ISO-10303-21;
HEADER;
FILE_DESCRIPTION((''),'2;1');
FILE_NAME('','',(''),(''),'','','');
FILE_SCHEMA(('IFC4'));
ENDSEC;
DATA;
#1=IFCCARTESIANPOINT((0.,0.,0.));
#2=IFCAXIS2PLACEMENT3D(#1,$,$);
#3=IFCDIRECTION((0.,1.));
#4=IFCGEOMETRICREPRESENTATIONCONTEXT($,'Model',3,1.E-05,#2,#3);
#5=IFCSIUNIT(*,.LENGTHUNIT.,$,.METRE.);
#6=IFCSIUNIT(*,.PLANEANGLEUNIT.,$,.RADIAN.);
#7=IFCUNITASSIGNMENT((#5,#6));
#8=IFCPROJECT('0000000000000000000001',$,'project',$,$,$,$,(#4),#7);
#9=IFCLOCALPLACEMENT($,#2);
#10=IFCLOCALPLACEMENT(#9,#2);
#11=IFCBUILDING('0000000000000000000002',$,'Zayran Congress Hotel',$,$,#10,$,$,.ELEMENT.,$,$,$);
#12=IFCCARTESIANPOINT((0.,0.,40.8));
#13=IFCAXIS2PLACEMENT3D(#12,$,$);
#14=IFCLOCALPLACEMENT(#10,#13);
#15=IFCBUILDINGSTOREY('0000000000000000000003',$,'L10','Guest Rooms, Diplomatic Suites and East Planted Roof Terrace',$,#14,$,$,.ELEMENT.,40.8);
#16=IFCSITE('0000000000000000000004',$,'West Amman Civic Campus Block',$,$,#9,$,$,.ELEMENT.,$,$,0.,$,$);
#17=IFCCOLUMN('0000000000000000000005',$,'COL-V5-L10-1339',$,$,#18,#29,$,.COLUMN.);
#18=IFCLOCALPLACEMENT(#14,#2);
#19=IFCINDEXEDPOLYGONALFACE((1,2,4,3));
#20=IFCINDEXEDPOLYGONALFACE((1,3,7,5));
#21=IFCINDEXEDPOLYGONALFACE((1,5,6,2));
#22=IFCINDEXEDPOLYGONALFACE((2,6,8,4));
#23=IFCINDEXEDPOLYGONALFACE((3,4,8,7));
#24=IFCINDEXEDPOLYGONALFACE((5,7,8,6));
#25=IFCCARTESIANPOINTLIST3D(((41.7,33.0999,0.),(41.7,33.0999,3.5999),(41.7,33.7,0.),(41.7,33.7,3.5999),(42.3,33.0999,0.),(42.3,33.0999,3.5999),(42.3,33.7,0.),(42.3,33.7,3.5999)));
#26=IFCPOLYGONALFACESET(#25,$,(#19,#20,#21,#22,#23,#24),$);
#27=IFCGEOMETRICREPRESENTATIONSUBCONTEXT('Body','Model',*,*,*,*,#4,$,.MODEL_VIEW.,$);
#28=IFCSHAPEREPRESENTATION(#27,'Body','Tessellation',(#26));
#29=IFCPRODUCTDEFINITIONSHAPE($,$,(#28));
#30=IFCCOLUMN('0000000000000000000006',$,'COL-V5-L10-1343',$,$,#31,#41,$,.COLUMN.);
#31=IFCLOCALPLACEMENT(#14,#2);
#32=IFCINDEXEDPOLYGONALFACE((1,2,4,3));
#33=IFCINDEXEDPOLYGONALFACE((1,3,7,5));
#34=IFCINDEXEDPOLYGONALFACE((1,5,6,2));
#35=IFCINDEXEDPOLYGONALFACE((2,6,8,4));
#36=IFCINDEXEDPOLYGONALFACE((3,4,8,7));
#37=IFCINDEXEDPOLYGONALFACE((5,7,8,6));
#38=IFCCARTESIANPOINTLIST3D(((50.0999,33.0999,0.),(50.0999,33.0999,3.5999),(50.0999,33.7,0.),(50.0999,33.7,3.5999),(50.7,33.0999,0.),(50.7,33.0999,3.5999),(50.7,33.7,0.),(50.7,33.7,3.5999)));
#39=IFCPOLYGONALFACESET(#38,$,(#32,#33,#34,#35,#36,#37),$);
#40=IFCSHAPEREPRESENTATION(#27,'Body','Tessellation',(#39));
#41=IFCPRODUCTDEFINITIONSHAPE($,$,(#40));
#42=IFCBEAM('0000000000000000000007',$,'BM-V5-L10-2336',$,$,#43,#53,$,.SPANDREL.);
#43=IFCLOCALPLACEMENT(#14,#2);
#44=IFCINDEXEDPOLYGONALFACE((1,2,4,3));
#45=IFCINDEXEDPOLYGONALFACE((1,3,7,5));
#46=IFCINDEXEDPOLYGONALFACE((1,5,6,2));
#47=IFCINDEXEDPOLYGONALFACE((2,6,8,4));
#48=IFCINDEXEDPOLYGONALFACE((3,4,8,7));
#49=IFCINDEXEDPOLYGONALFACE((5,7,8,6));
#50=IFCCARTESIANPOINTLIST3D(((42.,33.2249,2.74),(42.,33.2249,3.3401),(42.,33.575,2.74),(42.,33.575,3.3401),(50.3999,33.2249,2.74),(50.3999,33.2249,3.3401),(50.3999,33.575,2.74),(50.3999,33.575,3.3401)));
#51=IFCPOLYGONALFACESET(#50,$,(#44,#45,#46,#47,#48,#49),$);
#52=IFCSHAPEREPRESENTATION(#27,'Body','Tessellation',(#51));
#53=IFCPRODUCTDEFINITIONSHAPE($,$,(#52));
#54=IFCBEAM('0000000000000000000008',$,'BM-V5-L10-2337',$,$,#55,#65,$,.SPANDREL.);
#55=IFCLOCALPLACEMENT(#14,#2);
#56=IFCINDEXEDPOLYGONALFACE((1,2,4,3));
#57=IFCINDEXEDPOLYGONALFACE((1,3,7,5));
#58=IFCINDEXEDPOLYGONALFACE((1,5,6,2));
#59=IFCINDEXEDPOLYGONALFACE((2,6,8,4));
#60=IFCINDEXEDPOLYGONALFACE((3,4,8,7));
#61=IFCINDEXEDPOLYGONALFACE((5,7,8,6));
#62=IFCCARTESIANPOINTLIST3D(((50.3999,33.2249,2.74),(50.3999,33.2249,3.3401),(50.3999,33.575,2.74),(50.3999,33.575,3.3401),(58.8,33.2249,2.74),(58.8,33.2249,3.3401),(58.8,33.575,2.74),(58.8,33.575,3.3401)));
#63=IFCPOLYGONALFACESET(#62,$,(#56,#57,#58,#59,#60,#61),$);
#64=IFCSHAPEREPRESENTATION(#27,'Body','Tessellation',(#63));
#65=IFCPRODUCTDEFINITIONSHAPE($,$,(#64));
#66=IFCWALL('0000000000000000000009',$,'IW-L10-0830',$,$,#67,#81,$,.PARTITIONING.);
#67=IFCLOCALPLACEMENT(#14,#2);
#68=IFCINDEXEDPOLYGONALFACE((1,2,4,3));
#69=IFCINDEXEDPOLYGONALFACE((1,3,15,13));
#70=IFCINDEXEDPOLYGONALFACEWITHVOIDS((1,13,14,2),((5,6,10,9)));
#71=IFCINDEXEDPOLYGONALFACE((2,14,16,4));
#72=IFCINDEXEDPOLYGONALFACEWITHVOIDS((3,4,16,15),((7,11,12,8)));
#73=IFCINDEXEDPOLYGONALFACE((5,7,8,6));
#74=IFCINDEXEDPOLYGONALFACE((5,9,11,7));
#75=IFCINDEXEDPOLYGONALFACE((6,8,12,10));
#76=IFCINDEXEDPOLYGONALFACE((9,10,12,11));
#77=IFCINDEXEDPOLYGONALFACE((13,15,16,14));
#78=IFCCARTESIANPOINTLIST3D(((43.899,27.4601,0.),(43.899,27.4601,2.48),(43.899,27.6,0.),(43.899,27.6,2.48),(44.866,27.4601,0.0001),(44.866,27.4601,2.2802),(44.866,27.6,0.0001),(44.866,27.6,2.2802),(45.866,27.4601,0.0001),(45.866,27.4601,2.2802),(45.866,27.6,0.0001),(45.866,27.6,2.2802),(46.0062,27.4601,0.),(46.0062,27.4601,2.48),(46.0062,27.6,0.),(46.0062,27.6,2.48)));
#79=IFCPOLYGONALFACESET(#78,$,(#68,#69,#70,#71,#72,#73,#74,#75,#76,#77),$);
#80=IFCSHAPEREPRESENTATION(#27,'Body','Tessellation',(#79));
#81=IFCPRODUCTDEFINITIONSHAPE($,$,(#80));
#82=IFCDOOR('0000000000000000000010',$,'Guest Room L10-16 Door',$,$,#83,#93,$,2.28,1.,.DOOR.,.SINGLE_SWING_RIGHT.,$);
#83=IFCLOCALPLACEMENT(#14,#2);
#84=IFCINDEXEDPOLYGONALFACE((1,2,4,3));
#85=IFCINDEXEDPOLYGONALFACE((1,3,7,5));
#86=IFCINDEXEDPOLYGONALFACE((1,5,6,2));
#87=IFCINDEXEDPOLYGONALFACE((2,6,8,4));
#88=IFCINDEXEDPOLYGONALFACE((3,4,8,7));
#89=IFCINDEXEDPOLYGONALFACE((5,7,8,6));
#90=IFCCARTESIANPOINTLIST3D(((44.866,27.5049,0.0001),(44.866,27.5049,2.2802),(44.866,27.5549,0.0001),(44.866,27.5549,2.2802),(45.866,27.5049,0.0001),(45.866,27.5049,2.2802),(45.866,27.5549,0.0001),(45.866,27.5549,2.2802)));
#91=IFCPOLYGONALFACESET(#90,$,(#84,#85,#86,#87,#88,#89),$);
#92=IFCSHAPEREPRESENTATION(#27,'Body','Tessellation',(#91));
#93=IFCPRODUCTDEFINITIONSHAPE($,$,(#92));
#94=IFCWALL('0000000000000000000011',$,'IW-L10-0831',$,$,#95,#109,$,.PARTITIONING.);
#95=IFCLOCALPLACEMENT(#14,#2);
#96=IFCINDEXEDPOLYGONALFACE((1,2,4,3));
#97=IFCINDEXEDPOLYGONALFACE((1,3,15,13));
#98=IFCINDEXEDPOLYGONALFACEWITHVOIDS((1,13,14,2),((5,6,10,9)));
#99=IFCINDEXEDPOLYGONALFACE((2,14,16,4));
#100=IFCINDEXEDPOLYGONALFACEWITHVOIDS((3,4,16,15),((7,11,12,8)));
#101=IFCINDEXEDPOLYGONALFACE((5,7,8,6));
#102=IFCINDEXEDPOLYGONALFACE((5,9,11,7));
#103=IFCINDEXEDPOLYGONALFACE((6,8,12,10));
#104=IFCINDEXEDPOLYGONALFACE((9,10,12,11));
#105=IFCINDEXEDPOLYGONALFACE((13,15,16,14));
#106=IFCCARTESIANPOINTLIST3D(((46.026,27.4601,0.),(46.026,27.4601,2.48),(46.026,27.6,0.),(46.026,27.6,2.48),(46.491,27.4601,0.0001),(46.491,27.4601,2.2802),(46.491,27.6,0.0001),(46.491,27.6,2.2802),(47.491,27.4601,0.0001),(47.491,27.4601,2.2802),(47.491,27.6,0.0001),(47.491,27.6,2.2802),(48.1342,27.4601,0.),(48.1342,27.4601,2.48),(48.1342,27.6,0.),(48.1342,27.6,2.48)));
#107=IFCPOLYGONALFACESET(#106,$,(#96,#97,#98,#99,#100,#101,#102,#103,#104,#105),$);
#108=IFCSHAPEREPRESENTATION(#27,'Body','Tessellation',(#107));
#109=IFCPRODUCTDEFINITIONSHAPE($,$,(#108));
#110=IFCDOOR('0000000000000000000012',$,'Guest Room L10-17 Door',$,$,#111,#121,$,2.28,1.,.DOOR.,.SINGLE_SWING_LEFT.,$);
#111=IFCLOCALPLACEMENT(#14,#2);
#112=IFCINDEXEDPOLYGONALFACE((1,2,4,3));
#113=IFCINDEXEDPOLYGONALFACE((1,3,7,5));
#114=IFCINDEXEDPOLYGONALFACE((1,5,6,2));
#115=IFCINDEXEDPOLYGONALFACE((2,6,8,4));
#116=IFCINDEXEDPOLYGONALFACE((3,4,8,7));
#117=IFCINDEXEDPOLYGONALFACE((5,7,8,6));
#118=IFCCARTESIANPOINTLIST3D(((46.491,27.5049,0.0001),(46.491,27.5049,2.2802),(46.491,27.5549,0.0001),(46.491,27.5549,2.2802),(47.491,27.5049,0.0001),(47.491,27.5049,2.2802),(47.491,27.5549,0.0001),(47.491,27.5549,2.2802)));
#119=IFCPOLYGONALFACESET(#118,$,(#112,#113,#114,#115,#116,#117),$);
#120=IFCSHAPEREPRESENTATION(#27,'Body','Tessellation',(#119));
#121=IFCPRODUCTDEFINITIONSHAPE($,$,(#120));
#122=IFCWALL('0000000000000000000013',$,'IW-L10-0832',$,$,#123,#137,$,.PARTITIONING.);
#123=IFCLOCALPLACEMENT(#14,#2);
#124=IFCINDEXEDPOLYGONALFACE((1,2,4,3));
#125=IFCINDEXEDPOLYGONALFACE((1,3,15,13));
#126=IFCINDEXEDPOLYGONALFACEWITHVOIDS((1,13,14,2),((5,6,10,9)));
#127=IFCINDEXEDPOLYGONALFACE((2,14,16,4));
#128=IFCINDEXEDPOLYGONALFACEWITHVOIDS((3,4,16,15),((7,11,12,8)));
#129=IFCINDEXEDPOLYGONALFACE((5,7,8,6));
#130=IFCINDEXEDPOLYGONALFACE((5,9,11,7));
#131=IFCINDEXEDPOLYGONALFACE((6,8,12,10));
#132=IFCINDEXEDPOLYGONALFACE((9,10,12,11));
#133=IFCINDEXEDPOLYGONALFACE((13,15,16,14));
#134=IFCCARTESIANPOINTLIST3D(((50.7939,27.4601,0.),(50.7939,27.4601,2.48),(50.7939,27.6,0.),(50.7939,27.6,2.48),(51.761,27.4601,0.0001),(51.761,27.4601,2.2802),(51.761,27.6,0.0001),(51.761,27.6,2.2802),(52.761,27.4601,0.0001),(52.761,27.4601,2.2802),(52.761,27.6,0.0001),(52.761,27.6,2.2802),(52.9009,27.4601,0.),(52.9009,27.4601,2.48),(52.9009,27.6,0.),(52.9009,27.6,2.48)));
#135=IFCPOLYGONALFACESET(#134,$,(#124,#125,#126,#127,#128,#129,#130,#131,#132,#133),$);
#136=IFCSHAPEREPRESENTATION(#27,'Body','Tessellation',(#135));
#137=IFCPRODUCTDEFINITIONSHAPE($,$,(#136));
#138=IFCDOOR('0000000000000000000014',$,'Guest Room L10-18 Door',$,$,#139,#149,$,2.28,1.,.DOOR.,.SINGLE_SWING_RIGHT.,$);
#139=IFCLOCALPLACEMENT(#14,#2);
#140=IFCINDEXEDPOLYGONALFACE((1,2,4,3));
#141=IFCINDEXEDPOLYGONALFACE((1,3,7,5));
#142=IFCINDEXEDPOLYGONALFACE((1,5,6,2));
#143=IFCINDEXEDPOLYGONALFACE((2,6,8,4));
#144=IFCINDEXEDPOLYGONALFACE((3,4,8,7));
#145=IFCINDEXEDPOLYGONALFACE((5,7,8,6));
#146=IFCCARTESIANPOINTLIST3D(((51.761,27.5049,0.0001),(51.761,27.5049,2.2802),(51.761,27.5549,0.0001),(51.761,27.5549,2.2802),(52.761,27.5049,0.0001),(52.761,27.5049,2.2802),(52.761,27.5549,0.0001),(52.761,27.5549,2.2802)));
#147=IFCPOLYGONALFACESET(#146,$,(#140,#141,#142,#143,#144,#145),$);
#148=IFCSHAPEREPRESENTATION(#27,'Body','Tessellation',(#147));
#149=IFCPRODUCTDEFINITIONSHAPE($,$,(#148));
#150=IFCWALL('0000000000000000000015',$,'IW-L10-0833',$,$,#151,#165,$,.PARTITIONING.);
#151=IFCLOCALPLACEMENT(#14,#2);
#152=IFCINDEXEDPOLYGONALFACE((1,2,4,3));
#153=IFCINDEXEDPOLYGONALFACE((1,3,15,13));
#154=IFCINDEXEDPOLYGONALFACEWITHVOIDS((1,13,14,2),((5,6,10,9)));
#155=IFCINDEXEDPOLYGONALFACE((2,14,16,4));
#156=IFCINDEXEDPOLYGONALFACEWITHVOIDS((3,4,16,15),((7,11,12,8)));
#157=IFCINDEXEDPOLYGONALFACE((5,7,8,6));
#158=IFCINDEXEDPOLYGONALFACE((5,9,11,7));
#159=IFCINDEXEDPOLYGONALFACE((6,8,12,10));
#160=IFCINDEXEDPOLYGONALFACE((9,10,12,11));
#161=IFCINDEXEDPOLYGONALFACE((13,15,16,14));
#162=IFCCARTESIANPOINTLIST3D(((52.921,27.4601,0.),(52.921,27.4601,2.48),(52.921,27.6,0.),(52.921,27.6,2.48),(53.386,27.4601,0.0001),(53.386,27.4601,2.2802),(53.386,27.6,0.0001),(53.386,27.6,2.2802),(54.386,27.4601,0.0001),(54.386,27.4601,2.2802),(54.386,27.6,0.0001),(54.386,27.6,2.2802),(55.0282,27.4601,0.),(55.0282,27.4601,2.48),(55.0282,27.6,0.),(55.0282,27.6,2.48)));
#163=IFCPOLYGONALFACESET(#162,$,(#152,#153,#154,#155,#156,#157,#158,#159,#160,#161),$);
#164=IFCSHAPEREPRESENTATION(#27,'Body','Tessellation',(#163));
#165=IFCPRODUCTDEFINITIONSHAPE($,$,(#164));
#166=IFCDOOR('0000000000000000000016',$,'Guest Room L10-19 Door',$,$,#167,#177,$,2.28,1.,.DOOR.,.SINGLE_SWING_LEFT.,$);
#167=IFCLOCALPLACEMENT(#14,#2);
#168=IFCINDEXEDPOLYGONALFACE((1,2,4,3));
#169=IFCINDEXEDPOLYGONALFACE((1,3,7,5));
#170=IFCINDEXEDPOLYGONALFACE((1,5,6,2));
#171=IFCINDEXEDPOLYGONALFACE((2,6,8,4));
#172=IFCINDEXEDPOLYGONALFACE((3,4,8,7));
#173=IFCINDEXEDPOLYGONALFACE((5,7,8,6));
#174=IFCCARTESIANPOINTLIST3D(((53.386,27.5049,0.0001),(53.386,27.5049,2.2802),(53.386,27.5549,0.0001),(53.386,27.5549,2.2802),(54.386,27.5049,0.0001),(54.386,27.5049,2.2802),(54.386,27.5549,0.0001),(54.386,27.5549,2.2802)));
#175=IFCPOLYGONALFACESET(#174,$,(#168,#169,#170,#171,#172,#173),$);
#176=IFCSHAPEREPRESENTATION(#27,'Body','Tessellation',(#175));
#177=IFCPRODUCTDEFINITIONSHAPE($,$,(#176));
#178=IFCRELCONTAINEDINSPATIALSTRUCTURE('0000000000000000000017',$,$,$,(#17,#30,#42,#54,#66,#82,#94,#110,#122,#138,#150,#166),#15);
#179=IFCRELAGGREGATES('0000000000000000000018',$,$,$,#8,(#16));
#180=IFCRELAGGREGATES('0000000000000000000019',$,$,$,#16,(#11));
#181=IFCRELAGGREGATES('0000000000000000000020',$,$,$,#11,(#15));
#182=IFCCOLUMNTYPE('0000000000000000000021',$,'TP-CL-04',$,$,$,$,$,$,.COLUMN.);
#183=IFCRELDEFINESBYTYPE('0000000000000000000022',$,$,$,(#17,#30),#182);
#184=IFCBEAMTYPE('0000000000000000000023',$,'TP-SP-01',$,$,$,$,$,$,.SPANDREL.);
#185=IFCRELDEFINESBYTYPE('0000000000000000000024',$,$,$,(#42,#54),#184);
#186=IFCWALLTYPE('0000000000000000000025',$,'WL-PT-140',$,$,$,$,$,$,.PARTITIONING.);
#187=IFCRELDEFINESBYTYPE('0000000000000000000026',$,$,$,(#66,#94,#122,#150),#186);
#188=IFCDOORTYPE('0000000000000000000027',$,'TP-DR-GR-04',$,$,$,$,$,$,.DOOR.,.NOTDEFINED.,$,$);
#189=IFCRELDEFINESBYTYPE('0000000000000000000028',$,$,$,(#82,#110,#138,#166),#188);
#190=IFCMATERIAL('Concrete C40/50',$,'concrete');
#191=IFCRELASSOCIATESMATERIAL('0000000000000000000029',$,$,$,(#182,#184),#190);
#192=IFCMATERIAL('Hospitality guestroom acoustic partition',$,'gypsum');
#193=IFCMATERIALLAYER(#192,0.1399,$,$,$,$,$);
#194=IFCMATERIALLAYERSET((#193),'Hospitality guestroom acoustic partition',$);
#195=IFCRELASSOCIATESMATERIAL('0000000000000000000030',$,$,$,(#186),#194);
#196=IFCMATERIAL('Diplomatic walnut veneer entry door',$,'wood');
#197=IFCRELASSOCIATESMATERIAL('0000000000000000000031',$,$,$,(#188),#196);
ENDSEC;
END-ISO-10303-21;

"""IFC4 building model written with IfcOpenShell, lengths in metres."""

from ifc_helpers import new_model, si_unit, direction, frame, frame_2d, origin, origin_2d, place, context, subcontext, project, spatial, rectangle, extrude, material, layer, layer_set, material_profile, profile_set, type_object, element, fill, save


model = new_model("IFC4")

# Units and contexts
model_context = context("Model", 3, precision=1e-05, world=origin(), true_north=direction((0.0, 1.0)))
body_context = subcontext(model_context, "Body", "Model", "MODEL_VIEW")
ifc_project = project(units=[si_unit("LENGTHUNIT", "METRE"), si_unit("PLANEANGLEUNIT", "RADIAN")], contexts=[model_context])

# Site, building, storey
site_placement = place(None, origin())
site = spatial("IfcSite", under=ifc_project, at=site_placement, Name="West Amman Civic Campus Block", CompositionType="ELEMENT", RefElevation=0.0)
building_placement = place(site_placement, origin())
building = spatial("IfcBuilding", under=site, at=building_placement, Name="Zayran Congress Hotel", CompositionType="ELEMENT")
storey_placement = place(building_placement, frame((0.0, 0.0, 40.8)))
storey = spatial("IfcBuildingStorey", under=building, at=storey_placement, Name="L10", Description="Guest Rooms, Diplomatic Suites and East Planted Roof Terrace", CompositionType="ELEMENT", Elevation=40.8)

# Columns
ifc_material_1 = material(Name="Concrete C40/50", Category="concrete")
ifc_material_profile_1 = material_profile(ifc_material_1, rectangle(XDim=0.6001, YDim=0.6001, at=origin_2d()), Name="RC 600x600")
ifc_profile_set_1 = profile_set([ifc_material_profile_1], Name="Concrete C40/50")
column_type = type_object("IfcColumnType", Name="TP-CL-04", PredefinedType="COLUMN", material=ifc_profile_set_1)
for number, where, z_axis, x_axis, name in (
    (1, (42.0, 33.3999, 0.0), (0.0, 0.0, 1.0), (1.0, 0.0, 0.0), "COL-V5-L10-1339"),
    (2, (50.3999, 33.3999, 0.0), (0.0, 0.0, 1.0), (1.0, 0.0, 0.0), "COL-V5-L10-1343"),
):
    element("IfcColumn", number, at=place(storey_placement, frame(where, z_axis=z_axis, x_axis=x_axis)), inside=storey, type_object=column_type, Name=name, PredefinedType="COLUMN", context=body_context, shape_type="SweptSolid", body=[
        extrude(rectangle(XDim=0.6001, YDim=0.6001, at=origin_2d()), origin(), (0.0, 0.0, 1.0), 3.5999),
    ])

# Beams
ifc_material_profile_2 = material_profile(ifc_material_1, rectangle(XDim=0.3501, YDim=0.6001, at=origin_2d()), Name="RC 350x600")
ifc_profile_set_2 = profile_set([ifc_material_profile_2], Name="Concrete C40/50")
beam_type = type_object("IfcBeamType", Name="TP-SP-01", PredefinedType="SPANDREL", material=ifc_profile_set_2)
beam_1_placement = place(storey_placement, frame((42.0, 33.3999, 3.04), z_axis=(1.0, 0.0, 0.0), x_axis=(0.0, 1.0, 0.0)))
element("IfcBeam", 3, at=beam_1_placement, inside=storey, type_object=beam_type, Name="BM-V5-L10-2336", PredefinedType="SPANDREL", context=body_context, shape_type="SweptSolid", body=[
    extrude(rectangle(XDim=0.3501, YDim=0.6001, at=origin_2d()), origin(), (0.0, 0.0, 1.0), 8.3999),
])
beam_2_placement = place(storey_placement, frame((50.3999, 33.3999, 3.04), z_axis=(1.0, 0.0, 0.0), x_axis=(0.0, 1.0, 0.0)))
element("IfcBeam", 4, at=beam_2_placement, inside=storey, type_object=beam_type, Name="BM-V5-L10-2337", PredefinedType="SPANDREL", context=body_context, shape_type="SweptSolid", body=[
    extrude(rectangle(XDim=0.3501, YDim=0.6001, at=origin_2d()), origin(), (0.0, 0.0, 1.0), 8.4001),
])

# Walls, openings, doors
ifc_material_2 = material(Name="Hospitality guestroom acoustic partition", Category="gypsum")
ifc_layer_1 = layer(ifc_material_2, 0.1399)
ifc_layer_set_1 = layer_set([ifc_layer_1], Name="Hospitality guestroom acoustic partition")
wall_type_1 = type_object("IfcWallType", Name="WL-PT-140", PredefinedType="PARTITIONING", material=ifc_layer_set_1)
wall_1_placement = place(storey_placement, frame((43.8989, 27.53, 0.0), z_axis=(0.0, 0.0, 1.0), x_axis=(1.0, 0.0, 0.0)))
wall_1 = element("IfcWall", 5, at=wall_1_placement, inside=storey, type_object=wall_type_1, Name="IW-L10-0830", PredefinedType="PARTITIONING", context=body_context, shape_type="SweptSolid", body=[
    extrude(rectangle(XDim=2.1072, YDim=0.1399, at=frame_2d((1.0537, 0.0))), origin(), (0.0, 0.0, 1.0), 2.48),
])
opening_1_placement = place(wall_1_placement, frame((0.967, 0.0, 0.0)))
opening_1 = element("IfcOpeningElement", 6, at=opening_1_placement, cuts=wall_1, PredefinedType="OPENING", context=body_context, shape_type="SweptSolid", body=[
    extrude(rectangle(XDim=1.0, YDim=2.28, at=frame_2d((0.5, 1.1401))), frame((0.0, 0.0798, 0.0), z_axis=(0.0, -1.0, 0.0), x_axis=(1.0, 0.0, 0.0)), (0.0, 0.0, 1.0), 0.1599),
])
ifc_material_3 = material(Name="Diplomatic walnut veneer entry door", Category="wood")
door_type_1 = type_object("IfcDoorType", Name="TP-DR-GR-04", OperationType="NOTDEFINED", PredefinedType="DOOR", material=ifc_material_3)
door_1_placement = place(opening_1_placement, origin())
door_1 = element("IfcDoor", 7, at=door_1_placement, inside=storey, type_object=door_type_1, Name="Guest Room L10-16 Door", OperationType="SINGLE_SWING_RIGHT", OverallHeight=2.28, OverallWidth=1.0, PredefinedType="DOOR", context=body_context, shape_type="SweptSolid", body=[
    extrude(rectangle(XDim=1.0, YDim=2.28, at=frame_2d((0.5, 1.1401))), frame((0.0, 0.0249, 0.0), z_axis=(0.0, -1.0, 0.0), x_axis=(1.0, 0.0, 0.0)), (0.0, 0.0, 1.0), 0.05),
])
fill(opening_1, door_1)
wall_2_placement = place(storey_placement, frame((46.0259, 27.53, 0.0), z_axis=(0.0, 0.0, 1.0), x_axis=(1.0, 0.0, 0.0)))
wall_2 = element("IfcWall", 8, at=wall_2_placement, inside=storey, type_object=wall_type_1, Name="IW-L10-0831", PredefinedType="PARTITIONING", context=body_context, shape_type="SweptSolid", body=[
    extrude(rectangle(XDim=2.1082, YDim=0.1399, at=frame_2d((1.0542, 0.0))), origin(), (0.0, 0.0, 1.0), 2.48),
])
opening_2_placement = place(wall_2_placement, frame((0.4651, 0.0, 0.0)))
opening_2 = element("IfcOpeningElement", 9, at=opening_2_placement, cuts=wall_2, PredefinedType="OPENING", context=body_context, shape_type="SweptSolid", body=[
    extrude(rectangle(XDim=1.0, YDim=2.28, at=frame_2d((0.5, 1.1401))), frame((0.0, 0.0798, 0.0), z_axis=(0.0, -1.0, 0.0), x_axis=(1.0, 0.0, 0.0)), (0.0, 0.0, 1.0), 0.1599),
])
door_2_placement = place(opening_2_placement, origin())
door_2 = element("IfcDoor", 10, at=door_2_placement, inside=storey, type_object=door_type_1, Name="Guest Room L10-17 Door", OperationType="SINGLE_SWING_LEFT", OverallHeight=2.28, OverallWidth=1.0, PredefinedType="DOOR", context=body_context, shape_type="SweptSolid", body=[
    extrude(rectangle(XDim=1.0, YDim=2.28, at=frame_2d((0.5, 1.1401))), frame((0.0, 0.0249, 0.0), z_axis=(0.0, -1.0, 0.0), x_axis=(1.0, 0.0, 0.0)), (0.0, 0.0, 1.0), 0.05),
])
fill(opening_2, door_2)
wall_3_placement = place(storey_placement, frame((50.7939, 27.53, 0.0), z_axis=(0.0, 0.0, 1.0), x_axis=(1.0, 0.0, 0.0)))
wall_3 = element("IfcWall", 11, at=wall_3_placement, inside=storey, type_object=wall_type_1, Name="IW-L10-0832", PredefinedType="PARTITIONING", context=body_context, shape_type="SweptSolid", body=[
    extrude(rectangle(XDim=2.1069, YDim=0.1399, at=frame_2d((1.0535, 0.0))), origin(), (0.0, 0.0, 1.0), 2.48),
])
opening_3_placement = place(wall_3_placement, frame((0.967, 0.0, 0.0)))
opening_3 = element("IfcOpeningElement", 12, at=opening_3_placement, cuts=wall_3, PredefinedType="OPENING", context=body_context, shape_type="SweptSolid", body=[
    extrude(rectangle(XDim=1.0, YDim=2.28, at=frame_2d((0.5, 1.1401))), frame((0.0, 0.0798, 0.0), z_axis=(0.0, -1.0, 0.0), x_axis=(1.0, 0.0, 0.0)), (0.0, 0.0, 1.0), 0.1599),
])
door_3_placement = place(opening_3_placement, origin())
door_3 = element("IfcDoor", 13, at=door_3_placement, inside=storey, type_object=door_type_1, Name="Guest Room L10-18 Door", OperationType="SINGLE_SWING_RIGHT", OverallHeight=2.28, OverallWidth=1.0, PredefinedType="DOOR", context=body_context, shape_type="SweptSolid", body=[
    extrude(rectangle(XDim=1.0, YDim=2.28, at=frame_2d((0.5, 1.1401))), frame((0.0, 0.0249, 0.0), z_axis=(0.0, -1.0, 0.0), x_axis=(1.0, 0.0, 0.0)), (0.0, 0.0, 1.0), 0.05),
])
fill(opening_3, door_3)
wall_4_placement = place(storey_placement, frame((52.9209, 27.53, 0.0), z_axis=(0.0, 0.0, 1.0), x_axis=(1.0, 0.0, 0.0)))
wall_4 = element("IfcWall", 14, at=wall_4_placement, inside=storey, type_object=wall_type_1, Name="IW-L10-0833", PredefinedType="PARTITIONING", context=body_context, shape_type="SweptSolid", body=[
    extrude(rectangle(XDim=2.1072, YDim=0.1399, at=frame_2d((1.0537, 0.0))), origin(), (0.0, 0.0, 1.0), 2.48),
])
opening_4_placement = place(wall_4_placement, frame((0.4651, 0.0, 0.0)))
opening_4 = element("IfcOpeningElement", 15, at=opening_4_placement, cuts=wall_4, PredefinedType="OPENING", context=body_context, shape_type="SweptSolid", body=[
    extrude(rectangle(XDim=1.0, YDim=2.28, at=frame_2d((0.5, 1.1401))), frame((0.0, 0.0798, 0.0), z_axis=(0.0, -1.0, 0.0), x_axis=(1.0, 0.0, 0.0)), (0.0, 0.0, 1.0), 0.1599),
])
door_4_placement = place(opening_4_placement, origin())
door_4 = element("IfcDoor", 16, at=door_4_placement, inside=storey, type_object=door_type_1, Name="Guest Room L10-19 Door", OperationType="SINGLE_SWING_LEFT", OverallHeight=2.28, OverallWidth=1.0, PredefinedType="DOOR", context=body_context, shape_type="SweptSolid", body=[
    extrude(rectangle(XDim=1.0, YDim=2.28, at=frame_2d((0.5, 1.1401))), frame((0.0, 0.0249, 0.0), z_axis=(0.0, -1.0, 0.0), x_axis=(1.0, 0.0, 0.0)), (0.0, 0.0, 1.0), 0.05),
])
fill(opening_4, door_4)

save(model, "model.ifc")
